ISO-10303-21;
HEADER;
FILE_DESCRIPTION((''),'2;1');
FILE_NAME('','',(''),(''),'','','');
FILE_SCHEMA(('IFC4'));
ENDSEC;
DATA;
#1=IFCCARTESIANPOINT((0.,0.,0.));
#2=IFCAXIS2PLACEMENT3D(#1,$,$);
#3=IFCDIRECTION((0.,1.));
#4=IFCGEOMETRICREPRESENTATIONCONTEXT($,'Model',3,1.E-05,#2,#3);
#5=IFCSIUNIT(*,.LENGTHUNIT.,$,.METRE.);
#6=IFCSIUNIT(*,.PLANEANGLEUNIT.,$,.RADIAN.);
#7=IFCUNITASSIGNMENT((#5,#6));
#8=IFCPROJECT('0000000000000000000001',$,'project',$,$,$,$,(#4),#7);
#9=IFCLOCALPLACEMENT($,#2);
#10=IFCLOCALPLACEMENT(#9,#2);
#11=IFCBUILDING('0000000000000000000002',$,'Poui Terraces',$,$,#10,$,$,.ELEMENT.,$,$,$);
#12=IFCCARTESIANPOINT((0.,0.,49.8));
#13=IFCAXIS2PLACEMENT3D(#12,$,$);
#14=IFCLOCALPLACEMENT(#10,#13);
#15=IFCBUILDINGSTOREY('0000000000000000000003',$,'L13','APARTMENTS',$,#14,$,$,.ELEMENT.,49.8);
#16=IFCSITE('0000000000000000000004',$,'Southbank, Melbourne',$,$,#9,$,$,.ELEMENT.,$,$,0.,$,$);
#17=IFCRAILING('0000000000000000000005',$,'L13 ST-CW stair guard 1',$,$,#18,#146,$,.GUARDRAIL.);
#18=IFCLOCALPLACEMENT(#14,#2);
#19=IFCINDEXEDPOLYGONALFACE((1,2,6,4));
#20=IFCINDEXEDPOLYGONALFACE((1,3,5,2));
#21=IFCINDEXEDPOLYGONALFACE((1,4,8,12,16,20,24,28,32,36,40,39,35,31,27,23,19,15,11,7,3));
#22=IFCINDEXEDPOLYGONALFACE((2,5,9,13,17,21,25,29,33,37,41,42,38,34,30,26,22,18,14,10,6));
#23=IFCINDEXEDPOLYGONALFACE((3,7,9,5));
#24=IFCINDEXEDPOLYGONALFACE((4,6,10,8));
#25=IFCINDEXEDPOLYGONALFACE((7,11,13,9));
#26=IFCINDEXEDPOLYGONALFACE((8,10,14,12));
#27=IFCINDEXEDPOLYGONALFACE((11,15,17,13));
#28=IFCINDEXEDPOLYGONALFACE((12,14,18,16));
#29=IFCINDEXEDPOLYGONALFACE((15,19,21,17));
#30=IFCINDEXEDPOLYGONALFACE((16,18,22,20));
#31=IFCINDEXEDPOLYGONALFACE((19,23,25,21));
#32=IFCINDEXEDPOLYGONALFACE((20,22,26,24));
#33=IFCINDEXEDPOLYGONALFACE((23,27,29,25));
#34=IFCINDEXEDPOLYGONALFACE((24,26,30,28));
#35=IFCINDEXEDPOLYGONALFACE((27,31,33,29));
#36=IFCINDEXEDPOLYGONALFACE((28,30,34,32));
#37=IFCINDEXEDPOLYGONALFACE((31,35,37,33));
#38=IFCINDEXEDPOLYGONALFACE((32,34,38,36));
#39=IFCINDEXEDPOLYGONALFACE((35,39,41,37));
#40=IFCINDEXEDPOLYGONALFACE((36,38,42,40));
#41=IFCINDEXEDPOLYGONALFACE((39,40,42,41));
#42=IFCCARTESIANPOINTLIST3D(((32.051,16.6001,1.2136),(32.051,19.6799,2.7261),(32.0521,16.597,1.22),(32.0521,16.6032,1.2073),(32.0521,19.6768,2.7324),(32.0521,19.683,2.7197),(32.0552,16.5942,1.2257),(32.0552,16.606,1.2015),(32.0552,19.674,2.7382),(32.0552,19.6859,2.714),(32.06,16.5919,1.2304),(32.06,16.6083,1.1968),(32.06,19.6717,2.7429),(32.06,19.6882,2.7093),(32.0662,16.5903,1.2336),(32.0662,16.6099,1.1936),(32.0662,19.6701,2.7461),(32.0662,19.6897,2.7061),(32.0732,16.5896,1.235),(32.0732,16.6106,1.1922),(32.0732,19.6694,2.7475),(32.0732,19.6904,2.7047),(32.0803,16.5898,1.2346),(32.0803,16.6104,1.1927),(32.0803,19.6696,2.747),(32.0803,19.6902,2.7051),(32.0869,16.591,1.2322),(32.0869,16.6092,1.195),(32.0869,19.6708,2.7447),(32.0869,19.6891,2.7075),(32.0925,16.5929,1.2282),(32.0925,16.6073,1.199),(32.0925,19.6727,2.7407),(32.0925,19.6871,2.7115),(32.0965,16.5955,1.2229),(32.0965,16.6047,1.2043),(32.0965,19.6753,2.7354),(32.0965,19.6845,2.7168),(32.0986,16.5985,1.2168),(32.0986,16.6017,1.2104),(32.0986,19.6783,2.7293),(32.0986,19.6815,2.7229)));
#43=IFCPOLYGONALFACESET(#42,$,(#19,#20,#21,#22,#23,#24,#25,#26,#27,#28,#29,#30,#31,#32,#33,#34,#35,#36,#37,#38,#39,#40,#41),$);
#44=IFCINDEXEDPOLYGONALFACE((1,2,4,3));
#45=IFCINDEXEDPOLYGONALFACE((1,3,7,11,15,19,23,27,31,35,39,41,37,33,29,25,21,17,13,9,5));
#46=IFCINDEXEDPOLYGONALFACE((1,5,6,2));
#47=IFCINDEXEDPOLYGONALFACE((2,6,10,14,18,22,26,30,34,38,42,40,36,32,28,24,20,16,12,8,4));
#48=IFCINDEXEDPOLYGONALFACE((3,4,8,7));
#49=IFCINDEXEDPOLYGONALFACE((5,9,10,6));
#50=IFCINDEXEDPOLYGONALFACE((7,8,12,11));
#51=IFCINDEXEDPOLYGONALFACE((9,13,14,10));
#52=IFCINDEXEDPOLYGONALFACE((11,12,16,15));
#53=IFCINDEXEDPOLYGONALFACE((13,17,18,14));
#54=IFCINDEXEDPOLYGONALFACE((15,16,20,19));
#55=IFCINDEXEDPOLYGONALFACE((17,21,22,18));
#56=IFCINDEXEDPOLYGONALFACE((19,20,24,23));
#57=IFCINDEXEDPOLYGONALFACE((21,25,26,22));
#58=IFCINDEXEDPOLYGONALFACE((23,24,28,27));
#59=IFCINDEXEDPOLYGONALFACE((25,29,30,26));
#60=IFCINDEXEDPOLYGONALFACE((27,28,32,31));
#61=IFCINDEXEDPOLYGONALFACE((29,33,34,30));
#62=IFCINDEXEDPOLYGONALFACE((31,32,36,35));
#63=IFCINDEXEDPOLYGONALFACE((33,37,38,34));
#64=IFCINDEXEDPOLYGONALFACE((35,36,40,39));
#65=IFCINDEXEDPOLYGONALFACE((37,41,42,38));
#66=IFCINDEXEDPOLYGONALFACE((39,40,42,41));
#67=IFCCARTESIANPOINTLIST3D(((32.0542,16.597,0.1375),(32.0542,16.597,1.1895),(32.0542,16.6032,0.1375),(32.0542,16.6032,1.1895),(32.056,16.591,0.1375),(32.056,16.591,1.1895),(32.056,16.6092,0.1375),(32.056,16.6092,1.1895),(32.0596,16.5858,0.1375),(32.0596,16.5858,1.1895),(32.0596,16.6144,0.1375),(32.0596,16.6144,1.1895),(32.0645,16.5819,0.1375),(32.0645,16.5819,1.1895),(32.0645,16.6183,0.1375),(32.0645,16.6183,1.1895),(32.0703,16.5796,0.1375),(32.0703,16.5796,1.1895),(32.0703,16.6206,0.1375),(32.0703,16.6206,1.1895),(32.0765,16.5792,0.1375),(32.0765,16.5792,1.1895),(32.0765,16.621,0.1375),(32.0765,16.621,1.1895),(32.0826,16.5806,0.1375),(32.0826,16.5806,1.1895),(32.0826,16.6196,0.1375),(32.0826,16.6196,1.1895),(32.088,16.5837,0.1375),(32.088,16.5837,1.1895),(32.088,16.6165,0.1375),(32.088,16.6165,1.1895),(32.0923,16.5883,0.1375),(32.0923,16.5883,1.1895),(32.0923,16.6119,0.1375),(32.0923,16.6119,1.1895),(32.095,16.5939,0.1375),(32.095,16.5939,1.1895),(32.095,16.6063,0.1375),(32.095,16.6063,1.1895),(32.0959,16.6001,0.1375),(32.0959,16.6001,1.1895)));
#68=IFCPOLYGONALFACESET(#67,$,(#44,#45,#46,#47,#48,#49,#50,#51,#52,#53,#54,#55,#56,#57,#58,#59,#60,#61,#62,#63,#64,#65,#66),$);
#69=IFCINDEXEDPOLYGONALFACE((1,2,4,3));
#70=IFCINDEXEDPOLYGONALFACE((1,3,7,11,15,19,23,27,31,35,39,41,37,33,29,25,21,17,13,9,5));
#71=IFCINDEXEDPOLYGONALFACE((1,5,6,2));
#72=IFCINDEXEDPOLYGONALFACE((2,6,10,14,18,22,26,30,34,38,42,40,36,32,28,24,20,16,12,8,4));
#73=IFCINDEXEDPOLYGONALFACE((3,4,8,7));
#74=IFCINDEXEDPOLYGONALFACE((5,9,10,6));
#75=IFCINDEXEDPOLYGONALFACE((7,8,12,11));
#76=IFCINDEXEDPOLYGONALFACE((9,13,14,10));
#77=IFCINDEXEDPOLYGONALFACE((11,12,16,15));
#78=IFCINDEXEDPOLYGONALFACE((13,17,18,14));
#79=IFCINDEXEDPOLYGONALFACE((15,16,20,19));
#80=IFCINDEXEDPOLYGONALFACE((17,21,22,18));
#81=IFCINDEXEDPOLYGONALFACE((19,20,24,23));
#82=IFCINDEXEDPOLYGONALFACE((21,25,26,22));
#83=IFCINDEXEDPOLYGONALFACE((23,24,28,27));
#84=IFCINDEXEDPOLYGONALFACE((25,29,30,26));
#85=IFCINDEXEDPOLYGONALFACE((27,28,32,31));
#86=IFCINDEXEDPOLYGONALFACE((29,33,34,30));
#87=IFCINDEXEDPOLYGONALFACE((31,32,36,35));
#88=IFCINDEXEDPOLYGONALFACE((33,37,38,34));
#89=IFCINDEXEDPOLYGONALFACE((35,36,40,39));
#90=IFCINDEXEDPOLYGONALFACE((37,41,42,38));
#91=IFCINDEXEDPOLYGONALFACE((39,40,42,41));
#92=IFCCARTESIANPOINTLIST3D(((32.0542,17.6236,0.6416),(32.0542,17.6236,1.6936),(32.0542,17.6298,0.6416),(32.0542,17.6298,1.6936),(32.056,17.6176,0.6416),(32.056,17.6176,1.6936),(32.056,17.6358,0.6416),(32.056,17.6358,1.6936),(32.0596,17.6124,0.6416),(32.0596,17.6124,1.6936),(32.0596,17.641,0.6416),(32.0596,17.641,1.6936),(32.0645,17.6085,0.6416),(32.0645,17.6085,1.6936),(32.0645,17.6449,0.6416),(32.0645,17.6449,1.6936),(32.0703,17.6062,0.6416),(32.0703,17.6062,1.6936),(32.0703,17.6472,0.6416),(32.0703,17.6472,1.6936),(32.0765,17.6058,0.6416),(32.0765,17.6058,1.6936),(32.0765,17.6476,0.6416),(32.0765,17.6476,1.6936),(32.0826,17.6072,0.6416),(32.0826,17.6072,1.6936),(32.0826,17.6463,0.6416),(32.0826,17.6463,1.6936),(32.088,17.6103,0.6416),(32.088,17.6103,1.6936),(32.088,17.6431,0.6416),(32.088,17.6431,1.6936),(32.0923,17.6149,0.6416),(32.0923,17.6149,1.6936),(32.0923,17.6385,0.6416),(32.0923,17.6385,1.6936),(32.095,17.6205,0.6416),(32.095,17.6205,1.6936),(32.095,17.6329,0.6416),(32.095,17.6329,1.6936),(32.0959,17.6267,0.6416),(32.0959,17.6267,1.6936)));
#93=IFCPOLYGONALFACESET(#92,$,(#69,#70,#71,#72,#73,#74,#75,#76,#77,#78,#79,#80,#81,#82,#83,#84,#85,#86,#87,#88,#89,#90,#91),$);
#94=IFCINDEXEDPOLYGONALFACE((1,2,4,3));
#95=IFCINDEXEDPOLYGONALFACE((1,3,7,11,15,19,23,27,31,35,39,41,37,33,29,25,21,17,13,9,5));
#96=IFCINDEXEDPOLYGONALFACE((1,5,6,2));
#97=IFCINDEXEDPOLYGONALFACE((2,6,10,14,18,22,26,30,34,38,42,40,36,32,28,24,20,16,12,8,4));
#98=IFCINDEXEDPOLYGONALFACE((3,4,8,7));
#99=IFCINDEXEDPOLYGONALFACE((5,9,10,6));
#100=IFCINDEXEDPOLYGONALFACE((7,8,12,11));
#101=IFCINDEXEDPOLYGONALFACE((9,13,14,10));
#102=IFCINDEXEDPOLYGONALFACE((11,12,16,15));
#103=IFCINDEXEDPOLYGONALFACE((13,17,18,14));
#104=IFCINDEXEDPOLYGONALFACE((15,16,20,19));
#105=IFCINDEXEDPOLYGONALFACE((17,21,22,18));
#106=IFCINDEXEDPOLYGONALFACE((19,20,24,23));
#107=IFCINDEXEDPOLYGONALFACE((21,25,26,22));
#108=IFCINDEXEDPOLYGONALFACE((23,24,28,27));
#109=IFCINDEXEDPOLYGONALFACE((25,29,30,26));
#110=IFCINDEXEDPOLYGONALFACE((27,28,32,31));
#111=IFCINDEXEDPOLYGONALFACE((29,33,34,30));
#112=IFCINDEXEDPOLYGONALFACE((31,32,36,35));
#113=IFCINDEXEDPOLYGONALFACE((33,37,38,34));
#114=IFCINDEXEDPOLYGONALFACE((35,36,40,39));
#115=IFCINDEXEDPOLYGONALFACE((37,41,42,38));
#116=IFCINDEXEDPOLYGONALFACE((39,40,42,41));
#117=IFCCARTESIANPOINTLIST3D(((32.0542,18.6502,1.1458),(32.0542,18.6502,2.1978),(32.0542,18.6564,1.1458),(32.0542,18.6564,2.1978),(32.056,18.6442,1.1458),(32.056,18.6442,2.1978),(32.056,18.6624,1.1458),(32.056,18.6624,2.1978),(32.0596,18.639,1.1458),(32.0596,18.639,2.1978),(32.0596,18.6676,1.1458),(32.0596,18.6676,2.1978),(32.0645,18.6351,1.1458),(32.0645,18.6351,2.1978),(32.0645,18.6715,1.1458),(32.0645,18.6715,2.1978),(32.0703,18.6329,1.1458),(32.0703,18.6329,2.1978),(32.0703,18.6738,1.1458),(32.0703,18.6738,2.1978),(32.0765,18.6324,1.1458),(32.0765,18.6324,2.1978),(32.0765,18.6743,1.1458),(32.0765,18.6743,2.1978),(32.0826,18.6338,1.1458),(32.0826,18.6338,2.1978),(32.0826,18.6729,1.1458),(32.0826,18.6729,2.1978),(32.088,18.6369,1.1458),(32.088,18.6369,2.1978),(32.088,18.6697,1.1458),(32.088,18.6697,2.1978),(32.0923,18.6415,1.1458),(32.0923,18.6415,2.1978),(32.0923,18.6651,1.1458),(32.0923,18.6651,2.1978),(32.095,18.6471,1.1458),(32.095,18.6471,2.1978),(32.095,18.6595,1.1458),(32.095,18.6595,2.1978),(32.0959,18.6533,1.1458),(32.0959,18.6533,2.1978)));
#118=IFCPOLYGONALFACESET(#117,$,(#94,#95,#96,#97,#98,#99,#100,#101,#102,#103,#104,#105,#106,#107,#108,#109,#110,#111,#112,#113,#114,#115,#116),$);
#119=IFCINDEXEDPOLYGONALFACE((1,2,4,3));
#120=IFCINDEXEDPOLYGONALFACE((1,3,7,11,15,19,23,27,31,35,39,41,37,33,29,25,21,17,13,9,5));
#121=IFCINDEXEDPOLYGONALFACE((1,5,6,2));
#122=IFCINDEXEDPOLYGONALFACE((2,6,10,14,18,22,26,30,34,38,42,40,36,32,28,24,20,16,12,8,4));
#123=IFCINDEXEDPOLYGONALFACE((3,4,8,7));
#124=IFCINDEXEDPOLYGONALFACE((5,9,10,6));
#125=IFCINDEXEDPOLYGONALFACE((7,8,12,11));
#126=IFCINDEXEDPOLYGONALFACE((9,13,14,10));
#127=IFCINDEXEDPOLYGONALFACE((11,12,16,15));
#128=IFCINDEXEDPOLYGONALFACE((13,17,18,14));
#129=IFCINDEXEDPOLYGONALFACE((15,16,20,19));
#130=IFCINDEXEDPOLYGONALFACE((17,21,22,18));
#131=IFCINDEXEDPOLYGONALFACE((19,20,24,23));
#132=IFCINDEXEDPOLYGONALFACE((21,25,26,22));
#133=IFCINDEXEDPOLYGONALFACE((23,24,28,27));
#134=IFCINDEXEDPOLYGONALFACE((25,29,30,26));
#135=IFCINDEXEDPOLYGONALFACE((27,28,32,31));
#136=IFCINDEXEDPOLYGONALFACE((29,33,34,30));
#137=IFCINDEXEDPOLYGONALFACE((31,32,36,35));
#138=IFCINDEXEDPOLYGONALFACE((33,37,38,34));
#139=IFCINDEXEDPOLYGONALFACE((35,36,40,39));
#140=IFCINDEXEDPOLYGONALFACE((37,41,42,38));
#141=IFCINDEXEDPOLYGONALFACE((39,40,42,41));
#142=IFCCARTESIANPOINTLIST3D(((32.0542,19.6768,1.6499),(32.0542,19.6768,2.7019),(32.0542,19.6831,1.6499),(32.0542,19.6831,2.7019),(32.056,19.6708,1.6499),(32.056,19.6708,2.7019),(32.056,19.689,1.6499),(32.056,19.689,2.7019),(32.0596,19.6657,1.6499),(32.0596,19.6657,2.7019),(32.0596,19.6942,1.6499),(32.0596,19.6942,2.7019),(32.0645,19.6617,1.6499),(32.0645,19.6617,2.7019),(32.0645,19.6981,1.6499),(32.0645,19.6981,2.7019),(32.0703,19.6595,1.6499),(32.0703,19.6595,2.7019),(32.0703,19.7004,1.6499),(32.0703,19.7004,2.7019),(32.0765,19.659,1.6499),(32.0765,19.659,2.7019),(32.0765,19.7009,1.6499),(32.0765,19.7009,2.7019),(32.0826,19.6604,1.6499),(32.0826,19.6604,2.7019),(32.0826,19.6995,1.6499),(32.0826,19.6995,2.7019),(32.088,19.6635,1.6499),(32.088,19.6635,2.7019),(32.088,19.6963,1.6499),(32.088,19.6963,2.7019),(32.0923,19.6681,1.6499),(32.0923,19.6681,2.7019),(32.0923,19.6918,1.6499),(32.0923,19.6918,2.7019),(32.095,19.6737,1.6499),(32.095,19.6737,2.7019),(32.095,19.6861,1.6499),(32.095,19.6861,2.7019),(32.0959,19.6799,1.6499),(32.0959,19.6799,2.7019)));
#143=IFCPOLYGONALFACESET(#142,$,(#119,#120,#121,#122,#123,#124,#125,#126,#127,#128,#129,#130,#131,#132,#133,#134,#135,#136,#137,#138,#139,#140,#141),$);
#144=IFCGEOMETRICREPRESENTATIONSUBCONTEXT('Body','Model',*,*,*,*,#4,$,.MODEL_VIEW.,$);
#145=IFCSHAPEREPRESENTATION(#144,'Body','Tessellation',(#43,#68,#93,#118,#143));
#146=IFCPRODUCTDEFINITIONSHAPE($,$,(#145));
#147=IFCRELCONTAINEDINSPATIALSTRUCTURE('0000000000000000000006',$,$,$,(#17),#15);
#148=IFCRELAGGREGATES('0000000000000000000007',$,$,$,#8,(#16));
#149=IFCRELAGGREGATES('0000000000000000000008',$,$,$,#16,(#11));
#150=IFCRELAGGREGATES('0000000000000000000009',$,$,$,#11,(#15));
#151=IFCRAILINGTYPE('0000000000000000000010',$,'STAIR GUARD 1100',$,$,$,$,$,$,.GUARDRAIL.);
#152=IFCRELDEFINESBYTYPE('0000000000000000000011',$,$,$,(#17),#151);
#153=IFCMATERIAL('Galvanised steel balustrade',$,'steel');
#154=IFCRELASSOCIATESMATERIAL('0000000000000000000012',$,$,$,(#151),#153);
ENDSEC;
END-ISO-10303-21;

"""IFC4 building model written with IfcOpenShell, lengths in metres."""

from ifc_helpers import new_model, si_unit, direction, frame, origin, origin_2d, place, context, subcontext, project, spatial, circle, extrude, material, type_object, element, save


model = new_model("IFC4")

# Units and contexts
model_context = context("Model", 3, precision=1e-05, world=origin(), true_north=direction((0.0, 1.0)))
body_context = subcontext(model_context, "Body", "Model", "MODEL_VIEW")
ifc_project = project(units=[si_unit("LENGTHUNIT", "METRE"), si_unit("PLANEANGLEUNIT", "RADIAN")], contexts=[model_context])

# Site, building, storey
site_placement = place(None, origin())
site = spatial("IfcSite", under=ifc_project, at=site_placement, Name="Southbank, Melbourne", CompositionType="ELEMENT", RefElevation=0.0)
building_placement = place(site_placement, origin())
building = spatial("IfcBuilding", under=site, at=building_placement, Name="Poui Terraces", CompositionType="ELEMENT")
storey_placement = place(building_placement, frame((0.0, 0.0, 49.8)))
storey = spatial("IfcBuildingStorey", under=building, at=storey_placement, Name="L13", Description="APARTMENTS", CompositionType="ELEMENT", Elevation=49.8)

# Railing
ifc_material_1 = material(Name="Galvanised steel balustrade", Category="steel")
railing_type_1 = type_object("IfcRailingType", Name="STAIR GUARD 1100", PredefinedType="GUARDRAIL", material=ifc_material_1)
railing_1_placement = place(storey_placement, frame((32.075, 16.6001, 0.1375)))
element("IfcRailing", 1, at=railing_1_placement, inside=storey, type_object=railing_type_1, Name="L13 ST-CW stair guard 1", PredefinedType="GUARDRAIL", context=body_context, shape_type="SweptSolid", body=[
    extrude(circle(Radius=0.0239, at=origin_2d()), frame((0.0, 0.0, 1.0762), z_axis=(0.0, 0.897606, 0.440798), x_axis=(-1.0, 0.0, 0.0)), (0.0, 0.0, 1.0), 3.4312),
    extrude(circle(Radius=0.021, at=origin_2d()), origin(), (0.0, 0.0, 1.0), 1.052),
    extrude(circle(Radius=0.021, at=origin_2d()), frame((0.0, 1.0266, 0.5042)), (0.0, 0.0, 1.0), 1.052),
    extrude(circle(Radius=0.021, at=origin_2d()), frame((0.0, 2.0532, 1.0083)), (0.0, 0.0, 1.0), 1.052),
    extrude(circle(Radius=0.021, at=origin_2d()), frame((0.0, 3.0798, 1.5125)), (0.0, 0.0, 1.0), 1.052),
])

save(model, "model.ifc")
